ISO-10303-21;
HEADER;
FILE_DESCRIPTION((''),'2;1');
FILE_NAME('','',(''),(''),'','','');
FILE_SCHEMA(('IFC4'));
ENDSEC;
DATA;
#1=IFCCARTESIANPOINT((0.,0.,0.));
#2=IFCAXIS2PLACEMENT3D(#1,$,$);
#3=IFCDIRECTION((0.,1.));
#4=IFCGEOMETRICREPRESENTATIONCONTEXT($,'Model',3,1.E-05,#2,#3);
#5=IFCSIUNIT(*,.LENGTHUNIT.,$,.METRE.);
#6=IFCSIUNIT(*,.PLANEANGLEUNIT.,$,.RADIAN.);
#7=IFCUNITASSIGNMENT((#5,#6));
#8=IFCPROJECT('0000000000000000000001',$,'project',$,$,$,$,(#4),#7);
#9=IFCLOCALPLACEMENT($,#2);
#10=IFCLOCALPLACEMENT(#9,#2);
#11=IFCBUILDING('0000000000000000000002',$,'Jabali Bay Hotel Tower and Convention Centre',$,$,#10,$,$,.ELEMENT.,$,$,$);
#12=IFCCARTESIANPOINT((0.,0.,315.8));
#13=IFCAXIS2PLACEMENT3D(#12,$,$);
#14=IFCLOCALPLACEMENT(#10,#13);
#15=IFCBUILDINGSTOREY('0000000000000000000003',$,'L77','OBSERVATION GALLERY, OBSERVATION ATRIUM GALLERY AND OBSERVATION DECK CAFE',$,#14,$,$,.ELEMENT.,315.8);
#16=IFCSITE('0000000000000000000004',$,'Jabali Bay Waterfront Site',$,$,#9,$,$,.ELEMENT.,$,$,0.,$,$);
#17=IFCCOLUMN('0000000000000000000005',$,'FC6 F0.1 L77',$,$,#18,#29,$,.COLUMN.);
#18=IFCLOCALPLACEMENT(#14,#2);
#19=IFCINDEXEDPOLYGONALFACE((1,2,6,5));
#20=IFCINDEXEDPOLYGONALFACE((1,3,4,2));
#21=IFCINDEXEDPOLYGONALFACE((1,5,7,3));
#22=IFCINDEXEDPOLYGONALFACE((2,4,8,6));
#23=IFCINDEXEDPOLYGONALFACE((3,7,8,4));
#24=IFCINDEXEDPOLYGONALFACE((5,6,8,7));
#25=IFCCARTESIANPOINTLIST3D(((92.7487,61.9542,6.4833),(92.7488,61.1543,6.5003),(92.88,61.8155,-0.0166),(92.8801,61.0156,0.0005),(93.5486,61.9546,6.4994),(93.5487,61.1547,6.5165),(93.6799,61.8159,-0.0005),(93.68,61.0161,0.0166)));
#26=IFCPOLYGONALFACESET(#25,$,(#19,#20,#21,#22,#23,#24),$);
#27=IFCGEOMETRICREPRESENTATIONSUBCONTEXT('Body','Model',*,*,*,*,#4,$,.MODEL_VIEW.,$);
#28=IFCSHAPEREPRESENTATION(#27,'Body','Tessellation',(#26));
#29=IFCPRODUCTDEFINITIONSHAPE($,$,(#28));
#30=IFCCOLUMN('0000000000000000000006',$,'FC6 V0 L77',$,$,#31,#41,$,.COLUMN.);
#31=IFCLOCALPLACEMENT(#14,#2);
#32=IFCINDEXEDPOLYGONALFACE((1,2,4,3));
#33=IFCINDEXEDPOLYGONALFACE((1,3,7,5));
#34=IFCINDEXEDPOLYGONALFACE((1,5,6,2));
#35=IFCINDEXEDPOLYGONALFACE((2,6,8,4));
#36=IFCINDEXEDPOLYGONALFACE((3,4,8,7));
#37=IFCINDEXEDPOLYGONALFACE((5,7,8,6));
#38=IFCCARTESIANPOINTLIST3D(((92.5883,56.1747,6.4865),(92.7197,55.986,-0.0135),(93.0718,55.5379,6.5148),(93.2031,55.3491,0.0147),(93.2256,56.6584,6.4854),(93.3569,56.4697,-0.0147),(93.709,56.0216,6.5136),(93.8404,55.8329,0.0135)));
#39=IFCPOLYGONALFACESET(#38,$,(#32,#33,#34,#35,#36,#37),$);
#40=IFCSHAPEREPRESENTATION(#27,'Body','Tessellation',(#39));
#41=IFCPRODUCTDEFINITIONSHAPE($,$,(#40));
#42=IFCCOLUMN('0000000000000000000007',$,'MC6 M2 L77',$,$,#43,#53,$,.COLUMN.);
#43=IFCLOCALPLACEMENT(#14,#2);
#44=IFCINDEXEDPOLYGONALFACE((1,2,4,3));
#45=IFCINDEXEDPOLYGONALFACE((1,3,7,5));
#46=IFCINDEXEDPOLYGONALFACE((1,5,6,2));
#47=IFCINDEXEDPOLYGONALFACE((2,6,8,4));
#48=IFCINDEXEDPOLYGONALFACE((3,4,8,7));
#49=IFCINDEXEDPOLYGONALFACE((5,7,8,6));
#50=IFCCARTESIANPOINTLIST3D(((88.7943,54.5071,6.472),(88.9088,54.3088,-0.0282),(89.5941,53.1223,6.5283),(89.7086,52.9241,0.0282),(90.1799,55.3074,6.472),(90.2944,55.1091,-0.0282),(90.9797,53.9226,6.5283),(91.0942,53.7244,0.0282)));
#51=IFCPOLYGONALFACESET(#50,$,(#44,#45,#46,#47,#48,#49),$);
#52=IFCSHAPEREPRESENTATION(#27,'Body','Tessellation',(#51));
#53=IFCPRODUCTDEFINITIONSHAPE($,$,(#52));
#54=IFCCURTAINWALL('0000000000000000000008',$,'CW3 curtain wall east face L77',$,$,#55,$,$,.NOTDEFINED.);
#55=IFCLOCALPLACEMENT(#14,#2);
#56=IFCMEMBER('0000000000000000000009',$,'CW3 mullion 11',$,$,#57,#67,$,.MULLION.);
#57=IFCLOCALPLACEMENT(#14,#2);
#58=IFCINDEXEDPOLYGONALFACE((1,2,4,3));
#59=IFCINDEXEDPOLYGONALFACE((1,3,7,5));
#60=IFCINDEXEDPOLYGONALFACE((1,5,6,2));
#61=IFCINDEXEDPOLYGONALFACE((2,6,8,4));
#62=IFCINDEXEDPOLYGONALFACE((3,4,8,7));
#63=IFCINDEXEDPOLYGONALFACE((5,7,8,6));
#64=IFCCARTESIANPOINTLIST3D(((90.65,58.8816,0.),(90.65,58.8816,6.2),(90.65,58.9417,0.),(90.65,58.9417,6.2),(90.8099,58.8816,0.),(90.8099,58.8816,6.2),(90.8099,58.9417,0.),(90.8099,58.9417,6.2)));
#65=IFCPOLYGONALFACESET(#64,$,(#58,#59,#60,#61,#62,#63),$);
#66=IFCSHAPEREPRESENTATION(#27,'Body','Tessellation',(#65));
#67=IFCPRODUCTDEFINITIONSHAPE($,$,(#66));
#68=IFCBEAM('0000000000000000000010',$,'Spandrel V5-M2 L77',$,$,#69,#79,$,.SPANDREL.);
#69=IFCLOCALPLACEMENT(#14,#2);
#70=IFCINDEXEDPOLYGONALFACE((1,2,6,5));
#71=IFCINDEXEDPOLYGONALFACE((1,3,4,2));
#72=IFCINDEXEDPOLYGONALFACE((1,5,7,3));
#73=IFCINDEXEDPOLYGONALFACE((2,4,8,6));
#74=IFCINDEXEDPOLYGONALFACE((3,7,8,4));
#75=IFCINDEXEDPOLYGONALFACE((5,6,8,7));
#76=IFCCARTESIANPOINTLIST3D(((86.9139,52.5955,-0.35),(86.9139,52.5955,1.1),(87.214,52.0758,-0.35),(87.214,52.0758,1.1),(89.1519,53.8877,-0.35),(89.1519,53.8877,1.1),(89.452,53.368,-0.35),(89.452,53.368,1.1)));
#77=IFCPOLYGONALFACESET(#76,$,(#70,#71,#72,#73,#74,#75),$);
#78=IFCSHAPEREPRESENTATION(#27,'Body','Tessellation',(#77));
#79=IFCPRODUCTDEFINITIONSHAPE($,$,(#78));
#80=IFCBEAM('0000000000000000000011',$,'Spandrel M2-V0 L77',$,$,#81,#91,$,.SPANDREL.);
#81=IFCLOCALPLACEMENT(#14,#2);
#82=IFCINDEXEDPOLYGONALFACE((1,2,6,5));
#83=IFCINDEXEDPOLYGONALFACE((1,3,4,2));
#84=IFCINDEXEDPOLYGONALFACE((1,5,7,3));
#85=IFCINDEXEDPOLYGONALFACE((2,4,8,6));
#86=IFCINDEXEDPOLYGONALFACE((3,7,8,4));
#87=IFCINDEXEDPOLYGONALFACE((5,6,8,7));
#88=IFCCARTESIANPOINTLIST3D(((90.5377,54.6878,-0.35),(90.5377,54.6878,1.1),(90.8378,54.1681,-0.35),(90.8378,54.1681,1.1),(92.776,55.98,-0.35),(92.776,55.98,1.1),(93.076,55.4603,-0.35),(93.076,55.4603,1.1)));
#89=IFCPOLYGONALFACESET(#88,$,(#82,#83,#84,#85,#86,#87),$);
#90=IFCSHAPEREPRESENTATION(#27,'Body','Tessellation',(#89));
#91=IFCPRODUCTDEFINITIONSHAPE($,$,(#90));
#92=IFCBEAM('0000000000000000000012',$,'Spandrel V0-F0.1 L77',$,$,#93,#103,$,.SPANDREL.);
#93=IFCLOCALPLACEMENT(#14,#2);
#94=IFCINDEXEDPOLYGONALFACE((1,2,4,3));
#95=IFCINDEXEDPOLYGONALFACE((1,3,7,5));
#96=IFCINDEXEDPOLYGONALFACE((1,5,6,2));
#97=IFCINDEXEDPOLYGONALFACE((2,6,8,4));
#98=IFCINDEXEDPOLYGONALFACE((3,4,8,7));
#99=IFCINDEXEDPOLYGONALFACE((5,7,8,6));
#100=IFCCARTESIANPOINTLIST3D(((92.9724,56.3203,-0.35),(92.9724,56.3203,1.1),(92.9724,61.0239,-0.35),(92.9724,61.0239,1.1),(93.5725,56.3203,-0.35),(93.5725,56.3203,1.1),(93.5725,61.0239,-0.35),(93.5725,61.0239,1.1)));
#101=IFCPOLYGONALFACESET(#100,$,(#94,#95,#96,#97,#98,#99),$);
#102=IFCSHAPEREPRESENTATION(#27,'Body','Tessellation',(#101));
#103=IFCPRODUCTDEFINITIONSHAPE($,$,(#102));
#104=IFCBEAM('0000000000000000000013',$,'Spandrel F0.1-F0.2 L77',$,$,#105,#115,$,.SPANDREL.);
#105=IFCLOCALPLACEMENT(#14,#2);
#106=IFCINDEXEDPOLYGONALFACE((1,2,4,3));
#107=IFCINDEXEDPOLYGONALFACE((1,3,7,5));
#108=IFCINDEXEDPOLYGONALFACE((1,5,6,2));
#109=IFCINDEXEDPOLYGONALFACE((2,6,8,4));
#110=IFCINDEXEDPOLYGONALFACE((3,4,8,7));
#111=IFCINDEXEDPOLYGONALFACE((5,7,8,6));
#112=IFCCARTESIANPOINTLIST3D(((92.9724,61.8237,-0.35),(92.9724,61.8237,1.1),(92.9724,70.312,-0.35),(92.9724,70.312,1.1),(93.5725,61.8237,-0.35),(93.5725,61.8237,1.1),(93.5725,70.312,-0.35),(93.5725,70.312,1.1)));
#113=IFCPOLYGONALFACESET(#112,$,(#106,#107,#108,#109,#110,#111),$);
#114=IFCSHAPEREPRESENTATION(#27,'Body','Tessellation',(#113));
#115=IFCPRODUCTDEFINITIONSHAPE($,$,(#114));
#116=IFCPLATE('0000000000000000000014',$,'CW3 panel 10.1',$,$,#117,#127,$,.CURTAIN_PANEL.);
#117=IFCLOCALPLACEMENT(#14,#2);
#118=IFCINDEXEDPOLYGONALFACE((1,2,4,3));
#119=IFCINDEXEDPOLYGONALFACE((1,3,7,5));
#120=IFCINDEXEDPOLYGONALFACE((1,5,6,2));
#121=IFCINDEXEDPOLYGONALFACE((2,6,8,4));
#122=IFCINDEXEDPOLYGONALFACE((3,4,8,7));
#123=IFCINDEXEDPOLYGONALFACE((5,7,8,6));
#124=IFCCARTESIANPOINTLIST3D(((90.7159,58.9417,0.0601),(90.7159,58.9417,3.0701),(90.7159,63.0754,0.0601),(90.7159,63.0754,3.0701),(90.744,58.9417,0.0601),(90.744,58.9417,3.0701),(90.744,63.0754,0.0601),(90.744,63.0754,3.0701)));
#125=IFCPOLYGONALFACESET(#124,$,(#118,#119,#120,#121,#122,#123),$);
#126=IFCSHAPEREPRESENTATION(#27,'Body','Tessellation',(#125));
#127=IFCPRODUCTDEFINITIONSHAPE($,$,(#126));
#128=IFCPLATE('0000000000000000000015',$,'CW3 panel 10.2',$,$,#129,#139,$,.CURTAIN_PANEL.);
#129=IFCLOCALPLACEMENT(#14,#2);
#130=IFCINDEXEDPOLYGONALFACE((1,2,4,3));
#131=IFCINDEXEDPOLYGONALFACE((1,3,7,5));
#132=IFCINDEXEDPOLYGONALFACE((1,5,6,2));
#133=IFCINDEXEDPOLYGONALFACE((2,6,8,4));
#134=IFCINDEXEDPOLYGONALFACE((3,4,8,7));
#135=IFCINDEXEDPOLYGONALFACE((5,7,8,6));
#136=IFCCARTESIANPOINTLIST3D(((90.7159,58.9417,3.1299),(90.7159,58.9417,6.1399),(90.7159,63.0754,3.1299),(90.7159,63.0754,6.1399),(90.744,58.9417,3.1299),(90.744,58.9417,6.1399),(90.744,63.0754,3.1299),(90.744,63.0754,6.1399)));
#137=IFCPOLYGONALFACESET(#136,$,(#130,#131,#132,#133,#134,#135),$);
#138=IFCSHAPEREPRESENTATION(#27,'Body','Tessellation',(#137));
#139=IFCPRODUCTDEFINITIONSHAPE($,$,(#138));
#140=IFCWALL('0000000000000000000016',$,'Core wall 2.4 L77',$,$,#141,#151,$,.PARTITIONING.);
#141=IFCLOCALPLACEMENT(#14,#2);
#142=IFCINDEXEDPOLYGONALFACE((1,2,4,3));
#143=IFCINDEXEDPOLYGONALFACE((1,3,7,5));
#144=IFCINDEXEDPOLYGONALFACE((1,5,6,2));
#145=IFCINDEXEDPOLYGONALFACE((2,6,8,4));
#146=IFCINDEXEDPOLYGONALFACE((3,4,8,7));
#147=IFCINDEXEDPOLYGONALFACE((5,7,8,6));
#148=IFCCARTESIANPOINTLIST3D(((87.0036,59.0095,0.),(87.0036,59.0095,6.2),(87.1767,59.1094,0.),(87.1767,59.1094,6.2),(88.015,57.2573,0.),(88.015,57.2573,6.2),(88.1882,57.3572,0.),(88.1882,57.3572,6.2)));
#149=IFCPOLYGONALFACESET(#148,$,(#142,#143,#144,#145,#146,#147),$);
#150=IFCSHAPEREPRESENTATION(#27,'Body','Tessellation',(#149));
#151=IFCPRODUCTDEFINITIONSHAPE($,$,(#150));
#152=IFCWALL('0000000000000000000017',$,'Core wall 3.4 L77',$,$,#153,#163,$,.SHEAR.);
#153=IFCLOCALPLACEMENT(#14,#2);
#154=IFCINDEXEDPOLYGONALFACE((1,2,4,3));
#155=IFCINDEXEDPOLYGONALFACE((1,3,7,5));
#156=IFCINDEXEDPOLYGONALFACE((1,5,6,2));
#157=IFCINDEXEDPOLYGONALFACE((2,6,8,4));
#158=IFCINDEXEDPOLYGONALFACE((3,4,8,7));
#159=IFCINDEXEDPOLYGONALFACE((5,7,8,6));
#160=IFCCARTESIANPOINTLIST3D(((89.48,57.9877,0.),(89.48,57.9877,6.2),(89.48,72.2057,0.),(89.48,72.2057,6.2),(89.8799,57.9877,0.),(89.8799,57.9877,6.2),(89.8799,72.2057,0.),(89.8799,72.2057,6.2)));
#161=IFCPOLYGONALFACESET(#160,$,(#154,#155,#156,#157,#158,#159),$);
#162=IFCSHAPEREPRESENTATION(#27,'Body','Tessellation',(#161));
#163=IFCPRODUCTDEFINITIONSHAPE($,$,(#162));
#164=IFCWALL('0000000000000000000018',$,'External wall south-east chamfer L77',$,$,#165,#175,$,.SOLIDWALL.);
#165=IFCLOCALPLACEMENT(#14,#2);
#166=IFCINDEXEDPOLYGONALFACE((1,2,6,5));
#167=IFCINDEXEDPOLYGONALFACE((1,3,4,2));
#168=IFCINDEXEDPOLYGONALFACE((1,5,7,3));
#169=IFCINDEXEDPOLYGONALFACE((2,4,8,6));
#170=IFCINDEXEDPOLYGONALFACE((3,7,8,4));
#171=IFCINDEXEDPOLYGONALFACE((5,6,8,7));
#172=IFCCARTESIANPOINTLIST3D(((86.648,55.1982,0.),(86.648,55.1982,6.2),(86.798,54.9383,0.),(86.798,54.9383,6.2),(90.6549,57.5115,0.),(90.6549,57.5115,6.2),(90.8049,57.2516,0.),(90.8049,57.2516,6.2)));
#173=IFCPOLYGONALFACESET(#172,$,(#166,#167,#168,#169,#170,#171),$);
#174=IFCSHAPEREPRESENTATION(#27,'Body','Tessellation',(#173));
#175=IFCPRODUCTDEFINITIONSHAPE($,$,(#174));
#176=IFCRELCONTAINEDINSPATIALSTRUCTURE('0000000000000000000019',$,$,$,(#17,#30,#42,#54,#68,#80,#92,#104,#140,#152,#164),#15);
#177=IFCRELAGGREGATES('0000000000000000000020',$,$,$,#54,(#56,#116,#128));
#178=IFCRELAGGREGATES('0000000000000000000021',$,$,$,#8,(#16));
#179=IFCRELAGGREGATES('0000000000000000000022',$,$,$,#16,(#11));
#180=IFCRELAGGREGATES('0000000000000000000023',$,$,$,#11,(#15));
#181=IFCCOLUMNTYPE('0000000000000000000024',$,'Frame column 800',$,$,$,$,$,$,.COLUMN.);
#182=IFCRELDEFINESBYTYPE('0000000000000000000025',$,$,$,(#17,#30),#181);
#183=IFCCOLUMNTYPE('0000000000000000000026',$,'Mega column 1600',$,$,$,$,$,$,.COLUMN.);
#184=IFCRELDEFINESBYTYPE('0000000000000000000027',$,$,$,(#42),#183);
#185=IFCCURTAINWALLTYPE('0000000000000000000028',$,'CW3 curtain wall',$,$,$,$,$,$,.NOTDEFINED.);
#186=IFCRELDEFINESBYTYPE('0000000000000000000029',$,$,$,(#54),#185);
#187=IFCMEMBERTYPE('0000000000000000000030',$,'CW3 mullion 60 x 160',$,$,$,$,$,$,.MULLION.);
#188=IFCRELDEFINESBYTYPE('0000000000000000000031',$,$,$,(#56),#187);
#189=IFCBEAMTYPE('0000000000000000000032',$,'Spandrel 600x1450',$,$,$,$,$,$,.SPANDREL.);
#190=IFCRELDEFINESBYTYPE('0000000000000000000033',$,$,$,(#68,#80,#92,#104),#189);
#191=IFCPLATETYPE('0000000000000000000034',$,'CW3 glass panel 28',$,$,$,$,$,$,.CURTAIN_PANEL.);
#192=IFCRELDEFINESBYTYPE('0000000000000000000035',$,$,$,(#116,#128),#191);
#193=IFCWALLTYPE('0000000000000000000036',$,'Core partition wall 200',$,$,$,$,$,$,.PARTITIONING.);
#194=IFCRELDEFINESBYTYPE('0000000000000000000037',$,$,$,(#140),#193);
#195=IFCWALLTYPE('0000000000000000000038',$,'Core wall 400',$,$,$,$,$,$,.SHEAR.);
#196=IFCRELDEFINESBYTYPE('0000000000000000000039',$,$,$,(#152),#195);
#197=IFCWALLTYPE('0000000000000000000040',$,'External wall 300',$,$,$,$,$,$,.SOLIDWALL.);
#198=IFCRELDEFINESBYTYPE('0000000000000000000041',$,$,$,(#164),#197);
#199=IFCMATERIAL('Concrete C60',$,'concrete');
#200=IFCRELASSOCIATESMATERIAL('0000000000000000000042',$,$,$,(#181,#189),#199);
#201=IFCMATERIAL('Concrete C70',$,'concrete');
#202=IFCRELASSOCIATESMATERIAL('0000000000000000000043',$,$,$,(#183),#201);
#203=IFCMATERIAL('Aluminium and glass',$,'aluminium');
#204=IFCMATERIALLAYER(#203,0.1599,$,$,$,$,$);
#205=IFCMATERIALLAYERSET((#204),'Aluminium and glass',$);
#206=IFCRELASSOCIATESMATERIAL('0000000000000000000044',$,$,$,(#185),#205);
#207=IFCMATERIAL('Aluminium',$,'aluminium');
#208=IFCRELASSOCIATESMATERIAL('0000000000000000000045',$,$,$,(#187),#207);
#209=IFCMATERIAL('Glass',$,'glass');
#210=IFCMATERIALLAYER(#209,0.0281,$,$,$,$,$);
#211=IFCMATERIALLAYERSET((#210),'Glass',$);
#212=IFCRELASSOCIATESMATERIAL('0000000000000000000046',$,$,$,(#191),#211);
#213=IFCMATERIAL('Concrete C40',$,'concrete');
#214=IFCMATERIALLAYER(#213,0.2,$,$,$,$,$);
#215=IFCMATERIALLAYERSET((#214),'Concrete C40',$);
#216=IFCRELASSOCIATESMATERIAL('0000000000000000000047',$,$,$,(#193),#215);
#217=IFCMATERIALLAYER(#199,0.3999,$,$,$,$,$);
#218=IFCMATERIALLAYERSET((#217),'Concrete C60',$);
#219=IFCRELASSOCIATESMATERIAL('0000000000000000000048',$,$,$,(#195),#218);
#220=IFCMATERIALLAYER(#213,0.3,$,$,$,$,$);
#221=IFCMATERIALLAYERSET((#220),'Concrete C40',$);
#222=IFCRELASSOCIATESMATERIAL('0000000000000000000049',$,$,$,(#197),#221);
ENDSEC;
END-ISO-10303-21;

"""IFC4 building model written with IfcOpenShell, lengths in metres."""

from ifc_helpers import new_model, si_unit, direction, frame, frame_2d, origin, origin_2d, place, context, subcontext, project, spatial, rectangle, extrude, material, layer, layer_set, material_profile, profile_set, type_object, element, aggregate, save


model = new_model("IFC4")

# Units and contexts
model_context = context("Model", 3, precision=1e-05, world=origin(), true_north=direction((0.0, 1.0)))
body_context = subcontext(model_context, "Body", "Model", "MODEL_VIEW")
ifc_project = project(units=[si_unit("LENGTHUNIT", "METRE"), si_unit("PLANEANGLEUNIT", "RADIAN")], contexts=[model_context])

# Site, building, storey
site_placement = place(None, origin())
site = spatial("IfcSite", under=ifc_project, at=site_placement, Name="Jabali Bay Waterfront Site", CompositionType="ELEMENT", RefElevation=0.0)
building_placement = place(site_placement, origin())
building = spatial("IfcBuilding", under=site, at=building_placement, Name="Jabali Bay Hotel Tower and Convention Centre", CompositionType="ELEMENT")
storey_placement = place(building_placement, frame((0.0, 0.0, 315.8)))
storey = spatial("IfcBuildingStorey", under=building, at=storey_placement, Name="L77", Description="OBSERVATION GALLERY, OBSERVATION ATRIUM GALLERY AND OBSERVATION DECK CAFE", CompositionType="ELEMENT", Elevation=315.8)

# Columns
ifc_material_1 = material(Name="Concrete C60", Category="concrete")
ifc_material_profile_1 = material_profile(ifc_material_1, rectangle(XDim=0.8, YDim=0.8, at=origin_2d()), Name="Frame column 800")
ifc_profile_set_1 = profile_set([ifc_material_profile_1], Name="Concrete C60")
column_type_1 = type_object("IfcColumnType", Name="Frame column 800", PredefinedType="COLUMN", material=ifc_profile_set_1)
column_1_placement = place(storey_placement, frame((93.28, 61.4158, 0.0), z_axis=(-0.020199, 0.021325, 0.999569), x_axis=(0.000128, -0.999772, 0.021332)))
element("IfcColumn", 1, at=column_1_placement, inside=storey, type_object=column_type_1, Name="FC6 F0.1 L77", PredefinedType="COLUMN", context=body_context, shape_type="SweptSolid", body=[
    extrude(rectangle(XDim=0.8, YDim=0.8, at=origin_2d()), origin(), (0.0, 0.0, 1.0), 6.5027),
])
column_2_placement = place(storey_placement, frame((93.28, 55.9094, 0.0), z_axis=(-0.020195, 0.029016, 0.999375), x_axis=(-0.796514, -0.604618, 0.001459)))
element("IfcColumn", 2, at=column_2_placement, inside=storey, type_object=column_type_1, Name="FC6 V0 L77", PredefinedType="COLUMN", context=body_context, shape_type="SweptSolid", body=[
    extrude(rectangle(XDim=0.8, YDim=0.8, at=origin_2d()), origin(), (0.0, 0.0, 1.0), 6.5042),
])
ifc_material_2 = material(Name="Concrete C70", Category="concrete")
ifc_material_profile_2 = material_profile(ifc_material_2, rectangle(XDim=1.6001, YDim=1.6001, at=origin_2d()), Name="Mega column 1600")
ifc_profile_set_2 = profile_set([ifc_material_profile_2], Name="Concrete C70")
column_type_2 = type_object("IfcColumnType", Name="Mega column 1600", PredefinedType="COLUMN", material=ifc_profile_set_2)
column_3_placement = place(storey_placement, frame((90.0015, 54.0166, 0.0), z_axis=(-0.017605, 0.03048, 0.99938), x_axis=(0.499839, -0.865403, 0.035199)))
element("IfcColumn", 3, at=column_3_placement, inside=storey, type_object=column_type_2, Name="MC6 M2 L77", PredefinedType="COLUMN", context=body_context, shape_type="SweptSolid", body=[
    extrude(rectangle(XDim=1.6001, YDim=1.6001, at=origin_2d()), origin(), (0.0, 0.0, 1.0), 6.5042),
])

# Curtain wall, member
ifc_material_3 = material(Name="Aluminium and glass", Category="aluminium")
ifc_layer_1 = layer(ifc_material_3, 0.1599)
ifc_layer_set_1 = layer_set([ifc_layer_1], Name="Aluminium and glass")
curtain_wall_type = type_object("IfcCurtainWallType", Name="CW3 curtain wall", PredefinedType="NOTDEFINED", material=ifc_layer_set_1)
curtain_wall_placement = place(storey_placement, origin())
curtain_wall = element("IfcCurtainWall", 4, at=curtain_wall_placement, inside=storey, type_object=curtain_wall_type, Name="CW3 curtain wall east face L77", PredefinedType="NOTDEFINED")
ifc_material_4 = material(Name="Aluminium", Category="aluminium")
ifc_material_profile_3 = material_profile(ifc_material_4, rectangle(XDim=0.1599, YDim=0.0601, at=origin_2d()), Name="CW3 mullion 60 x 160")
ifc_profile_set_3 = profile_set([ifc_material_profile_3], Name="Aluminium")
member_type = type_object("IfcMemberType", Name="CW3 mullion 60 x 160", PredefinedType="MULLION", material=ifc_profile_set_3)
member_placement = place(storey_placement, frame((90.73, 58.9116, 0.0), z_axis=(0.0, 0.0, 1.0), x_axis=(1.0, 0.0, 0.0)))
member = element("IfcMember", 5, at=member_placement, type_object=member_type, Name="CW3 mullion 11", PredefinedType="MULLION", context=body_context, shape_type="SweptSolid", body=[
    extrude(rectangle(XDim=0.1599, YDim=0.0601, at=origin_2d()), origin(), (0.0, 0.0, 1.0), 6.2),
])

# Beams
ifc_material_profile_4 = material_profile(ifc_material_1, rectangle(XDim=0.6001, YDim=1.45, at=origin_2d()), Name="Spandrel 600x1450")
ifc_profile_set_4 = profile_set([ifc_material_profile_4], Name="Concrete C60")
beam_type = type_object("IfcBeamType", Name="Spandrel 600x1450", PredefinedType="SPANDREL", material=ifc_profile_set_4)
beam_1_placement = place(storey_placement, frame((87.064, 52.3357, 0.375), z_axis=(0.866008, 0.50003, 0.0), x_axis=(-0.50003, 0.866008, 0.0)))
element("IfcBeam", 6, at=beam_1_placement, inside=storey, type_object=beam_type, Name="Spandrel V5-M2 L77", PredefinedType="SPANDREL", context=body_context, shape_type="SweptSolid", body=[
    extrude(rectangle(XDim=0.6001, YDim=1.45, at=origin_2d()), origin(), (0.0, 0.0, 1.0), 2.5842),
])
beam_2_placement = place(storey_placement, frame((90.6877, 54.428, 0.375), z_axis=(0.866031, 0.49999, 0.0), x_axis=(-0.49999, 0.866031, 0.0)))
element("IfcBeam", 7, at=beam_2_placement, inside=storey, type_object=beam_type, Name="Spandrel M2-V0 L77", PredefinedType="SPANDREL", context=body_context, shape_type="SweptSolid", body=[
    extrude(rectangle(XDim=0.6001, YDim=1.45, at=origin_2d()), origin(), (0.0, 0.0, 1.0), 2.5845),
])
beam_3_placement = place(storey_placement, frame((93.2725, 56.3203, 0.375), z_axis=(0.0, 1.0, 0.0), x_axis=(-1.0, 0.0, 0.0)))
element("IfcBeam", 8, at=beam_3_placement, inside=storey, type_object=beam_type, Name="Spandrel V0-F0.1 L77", PredefinedType="SPANDREL", context=body_context, shape_type="SweptSolid", body=[
    extrude(rectangle(XDim=0.6001, YDim=1.45, at=origin_2d()), origin(), (0.0, 0.0, 1.0), 4.7036),
])
beam_4_placement = place(storey_placement, frame((93.2725, 61.8237, 0.375), z_axis=(0.0, 1.0, 0.0), x_axis=(-1.0, 0.0, 0.0)))
element("IfcBeam", 9, at=beam_4_placement, inside=storey, type_object=beam_type, Name="Spandrel F0.1-F0.2 L77", PredefinedType="SPANDREL", context=body_context, shape_type="SweptSolid", body=[
    extrude(rectangle(XDim=0.6001, YDim=1.45, at=origin_2d()), origin(), (0.0, 0.0, 1.0), 8.4883),
])

# Plates
ifc_material_5 = material(Name="Glass", Category="glass")
ifc_layer_2 = layer(ifc_material_5, 0.0281)
ifc_layer_set_2 = layer_set([ifc_layer_2], Name="Glass")
plate_type = type_object("IfcPlateType", Name="CW3 glass panel 28", PredefinedType="CURTAIN_PANEL", material=ifc_layer_set_2)
plate_1_placement = place(storey_placement, frame((90.73, 61.0085, 0.0601), z_axis=(0.0, 0.0, 1.0), x_axis=(0.0, -1.0, 0.0)))
plate_1 = element("IfcPlate", 10, at=plate_1_placement, type_object=plate_type, Name="CW3 panel 10.1", PredefinedType="CURTAIN_PANEL", context=body_context, shape_type="SweptSolid", body=[
    extrude(rectangle(XDim=4.1338, YDim=0.0281, at=origin_2d()), origin(), (0.0, 0.0, 1.0), 3.01),
])
plate_2_placement = place(storey_placement, frame((90.73, 61.0085, 3.1299), z_axis=(0.0, 0.0, 1.0), x_axis=(0.0, -1.0, 0.0)))
plate_2 = element("IfcPlate", 11, at=plate_2_placement, type_object=plate_type, Name="CW3 panel 10.2", PredefinedType="CURTAIN_PANEL", context=body_context, shape_type="SweptSolid", body=[
    extrude(rectangle(XDim=4.1338, YDim=0.0281, at=origin_2d()), origin(), (0.0, 0.0, 1.0), 3.01),
])
aggregate(curtain_wall, [member, plate_1, plate_2])

# Walls
ifc_material_6 = material(Name="Concrete C40", Category="concrete")
ifc_layer_3 = layer(ifc_material_6, 0.2)
ifc_layer_set_3 = layer_set([ifc_layer_3], Name="Concrete C40")
wall_type_1 = type_object("IfcWallType", Name="Core partition wall 200", PredefinedType="PARTITIONING", material=ifc_layer_set_3)
wall_1_placement = place(storey_placement, frame((87.0901, 59.0596, 0.0), z_axis=(0.0, 0.0, 1.0), x_axis=(0.499942, -0.866059, 0.0)))
element("IfcWall", 12, at=wall_1_placement, inside=storey, type_object=wall_type_1, Name="Core wall 2.4 L77", PredefinedType="PARTITIONING", context=body_context, shape_type="SweptSolid", body=[
    extrude(rectangle(XDim=2.0232, YDim=0.2, at=frame_2d((1.0117, 0.0))), origin(), (0.0, 0.0, 1.0), 6.2),
])
ifc_layer_4 = layer(ifc_material_1, 0.3999)
ifc_layer_set_4 = layer_set([ifc_layer_4], Name="Concrete C60")
wall_type_2 = type_object("IfcWallType", Name="Core wall 400", PredefinedType="SHEAR", material=ifc_layer_set_4)
wall_2_placement = place(storey_placement, frame((89.6799, 57.9878, 0.0), z_axis=(0.0, 0.0, 1.0), x_axis=(0.0, 1.0, 0.0)))
element("IfcWall", 13, at=wall_2_placement, inside=storey, type_object=wall_type_2, Name="Core wall 3.4 L77", PredefinedType="SHEAR", context=body_context, shape_type="SweptSolid", body=[
    extrude(rectangle(XDim=14.218, YDim=0.3999, at=frame_2d((7.1089, 0.0))), origin(), (0.0, 0.0, 1.0), 6.2),
])
ifc_layer_5 = layer(ifc_material_6, 0.3)
ifc_layer_set_5 = layer_set([ifc_layer_5], Name="Concrete C40")
wall_type_3 = type_object("IfcWallType", Name="External wall 300", PredefinedType="SOLIDWALL", material=ifc_layer_set_5)
wall_3_placement = place(storey_placement, frame((90.73, 57.3816, 0.0), z_axis=(0.0, 0.0, 1.0), x_axis=(-0.866036, -0.499981, 0.0)))
element("IfcWall", 14, at=wall_3_placement, inside=storey, type_object=wall_type_3, Name="External wall south-east chamfer L77", PredefinedType="SOLIDWALL", context=body_context, shape_type="SweptSolid", body=[
    extrude(rectangle(XDim=4.6267, YDim=0.3, at=frame_2d((2.3135, 0.0))), origin(), (0.0, 0.0, 1.0), 6.2),
])

save(model, "model.ifc")
